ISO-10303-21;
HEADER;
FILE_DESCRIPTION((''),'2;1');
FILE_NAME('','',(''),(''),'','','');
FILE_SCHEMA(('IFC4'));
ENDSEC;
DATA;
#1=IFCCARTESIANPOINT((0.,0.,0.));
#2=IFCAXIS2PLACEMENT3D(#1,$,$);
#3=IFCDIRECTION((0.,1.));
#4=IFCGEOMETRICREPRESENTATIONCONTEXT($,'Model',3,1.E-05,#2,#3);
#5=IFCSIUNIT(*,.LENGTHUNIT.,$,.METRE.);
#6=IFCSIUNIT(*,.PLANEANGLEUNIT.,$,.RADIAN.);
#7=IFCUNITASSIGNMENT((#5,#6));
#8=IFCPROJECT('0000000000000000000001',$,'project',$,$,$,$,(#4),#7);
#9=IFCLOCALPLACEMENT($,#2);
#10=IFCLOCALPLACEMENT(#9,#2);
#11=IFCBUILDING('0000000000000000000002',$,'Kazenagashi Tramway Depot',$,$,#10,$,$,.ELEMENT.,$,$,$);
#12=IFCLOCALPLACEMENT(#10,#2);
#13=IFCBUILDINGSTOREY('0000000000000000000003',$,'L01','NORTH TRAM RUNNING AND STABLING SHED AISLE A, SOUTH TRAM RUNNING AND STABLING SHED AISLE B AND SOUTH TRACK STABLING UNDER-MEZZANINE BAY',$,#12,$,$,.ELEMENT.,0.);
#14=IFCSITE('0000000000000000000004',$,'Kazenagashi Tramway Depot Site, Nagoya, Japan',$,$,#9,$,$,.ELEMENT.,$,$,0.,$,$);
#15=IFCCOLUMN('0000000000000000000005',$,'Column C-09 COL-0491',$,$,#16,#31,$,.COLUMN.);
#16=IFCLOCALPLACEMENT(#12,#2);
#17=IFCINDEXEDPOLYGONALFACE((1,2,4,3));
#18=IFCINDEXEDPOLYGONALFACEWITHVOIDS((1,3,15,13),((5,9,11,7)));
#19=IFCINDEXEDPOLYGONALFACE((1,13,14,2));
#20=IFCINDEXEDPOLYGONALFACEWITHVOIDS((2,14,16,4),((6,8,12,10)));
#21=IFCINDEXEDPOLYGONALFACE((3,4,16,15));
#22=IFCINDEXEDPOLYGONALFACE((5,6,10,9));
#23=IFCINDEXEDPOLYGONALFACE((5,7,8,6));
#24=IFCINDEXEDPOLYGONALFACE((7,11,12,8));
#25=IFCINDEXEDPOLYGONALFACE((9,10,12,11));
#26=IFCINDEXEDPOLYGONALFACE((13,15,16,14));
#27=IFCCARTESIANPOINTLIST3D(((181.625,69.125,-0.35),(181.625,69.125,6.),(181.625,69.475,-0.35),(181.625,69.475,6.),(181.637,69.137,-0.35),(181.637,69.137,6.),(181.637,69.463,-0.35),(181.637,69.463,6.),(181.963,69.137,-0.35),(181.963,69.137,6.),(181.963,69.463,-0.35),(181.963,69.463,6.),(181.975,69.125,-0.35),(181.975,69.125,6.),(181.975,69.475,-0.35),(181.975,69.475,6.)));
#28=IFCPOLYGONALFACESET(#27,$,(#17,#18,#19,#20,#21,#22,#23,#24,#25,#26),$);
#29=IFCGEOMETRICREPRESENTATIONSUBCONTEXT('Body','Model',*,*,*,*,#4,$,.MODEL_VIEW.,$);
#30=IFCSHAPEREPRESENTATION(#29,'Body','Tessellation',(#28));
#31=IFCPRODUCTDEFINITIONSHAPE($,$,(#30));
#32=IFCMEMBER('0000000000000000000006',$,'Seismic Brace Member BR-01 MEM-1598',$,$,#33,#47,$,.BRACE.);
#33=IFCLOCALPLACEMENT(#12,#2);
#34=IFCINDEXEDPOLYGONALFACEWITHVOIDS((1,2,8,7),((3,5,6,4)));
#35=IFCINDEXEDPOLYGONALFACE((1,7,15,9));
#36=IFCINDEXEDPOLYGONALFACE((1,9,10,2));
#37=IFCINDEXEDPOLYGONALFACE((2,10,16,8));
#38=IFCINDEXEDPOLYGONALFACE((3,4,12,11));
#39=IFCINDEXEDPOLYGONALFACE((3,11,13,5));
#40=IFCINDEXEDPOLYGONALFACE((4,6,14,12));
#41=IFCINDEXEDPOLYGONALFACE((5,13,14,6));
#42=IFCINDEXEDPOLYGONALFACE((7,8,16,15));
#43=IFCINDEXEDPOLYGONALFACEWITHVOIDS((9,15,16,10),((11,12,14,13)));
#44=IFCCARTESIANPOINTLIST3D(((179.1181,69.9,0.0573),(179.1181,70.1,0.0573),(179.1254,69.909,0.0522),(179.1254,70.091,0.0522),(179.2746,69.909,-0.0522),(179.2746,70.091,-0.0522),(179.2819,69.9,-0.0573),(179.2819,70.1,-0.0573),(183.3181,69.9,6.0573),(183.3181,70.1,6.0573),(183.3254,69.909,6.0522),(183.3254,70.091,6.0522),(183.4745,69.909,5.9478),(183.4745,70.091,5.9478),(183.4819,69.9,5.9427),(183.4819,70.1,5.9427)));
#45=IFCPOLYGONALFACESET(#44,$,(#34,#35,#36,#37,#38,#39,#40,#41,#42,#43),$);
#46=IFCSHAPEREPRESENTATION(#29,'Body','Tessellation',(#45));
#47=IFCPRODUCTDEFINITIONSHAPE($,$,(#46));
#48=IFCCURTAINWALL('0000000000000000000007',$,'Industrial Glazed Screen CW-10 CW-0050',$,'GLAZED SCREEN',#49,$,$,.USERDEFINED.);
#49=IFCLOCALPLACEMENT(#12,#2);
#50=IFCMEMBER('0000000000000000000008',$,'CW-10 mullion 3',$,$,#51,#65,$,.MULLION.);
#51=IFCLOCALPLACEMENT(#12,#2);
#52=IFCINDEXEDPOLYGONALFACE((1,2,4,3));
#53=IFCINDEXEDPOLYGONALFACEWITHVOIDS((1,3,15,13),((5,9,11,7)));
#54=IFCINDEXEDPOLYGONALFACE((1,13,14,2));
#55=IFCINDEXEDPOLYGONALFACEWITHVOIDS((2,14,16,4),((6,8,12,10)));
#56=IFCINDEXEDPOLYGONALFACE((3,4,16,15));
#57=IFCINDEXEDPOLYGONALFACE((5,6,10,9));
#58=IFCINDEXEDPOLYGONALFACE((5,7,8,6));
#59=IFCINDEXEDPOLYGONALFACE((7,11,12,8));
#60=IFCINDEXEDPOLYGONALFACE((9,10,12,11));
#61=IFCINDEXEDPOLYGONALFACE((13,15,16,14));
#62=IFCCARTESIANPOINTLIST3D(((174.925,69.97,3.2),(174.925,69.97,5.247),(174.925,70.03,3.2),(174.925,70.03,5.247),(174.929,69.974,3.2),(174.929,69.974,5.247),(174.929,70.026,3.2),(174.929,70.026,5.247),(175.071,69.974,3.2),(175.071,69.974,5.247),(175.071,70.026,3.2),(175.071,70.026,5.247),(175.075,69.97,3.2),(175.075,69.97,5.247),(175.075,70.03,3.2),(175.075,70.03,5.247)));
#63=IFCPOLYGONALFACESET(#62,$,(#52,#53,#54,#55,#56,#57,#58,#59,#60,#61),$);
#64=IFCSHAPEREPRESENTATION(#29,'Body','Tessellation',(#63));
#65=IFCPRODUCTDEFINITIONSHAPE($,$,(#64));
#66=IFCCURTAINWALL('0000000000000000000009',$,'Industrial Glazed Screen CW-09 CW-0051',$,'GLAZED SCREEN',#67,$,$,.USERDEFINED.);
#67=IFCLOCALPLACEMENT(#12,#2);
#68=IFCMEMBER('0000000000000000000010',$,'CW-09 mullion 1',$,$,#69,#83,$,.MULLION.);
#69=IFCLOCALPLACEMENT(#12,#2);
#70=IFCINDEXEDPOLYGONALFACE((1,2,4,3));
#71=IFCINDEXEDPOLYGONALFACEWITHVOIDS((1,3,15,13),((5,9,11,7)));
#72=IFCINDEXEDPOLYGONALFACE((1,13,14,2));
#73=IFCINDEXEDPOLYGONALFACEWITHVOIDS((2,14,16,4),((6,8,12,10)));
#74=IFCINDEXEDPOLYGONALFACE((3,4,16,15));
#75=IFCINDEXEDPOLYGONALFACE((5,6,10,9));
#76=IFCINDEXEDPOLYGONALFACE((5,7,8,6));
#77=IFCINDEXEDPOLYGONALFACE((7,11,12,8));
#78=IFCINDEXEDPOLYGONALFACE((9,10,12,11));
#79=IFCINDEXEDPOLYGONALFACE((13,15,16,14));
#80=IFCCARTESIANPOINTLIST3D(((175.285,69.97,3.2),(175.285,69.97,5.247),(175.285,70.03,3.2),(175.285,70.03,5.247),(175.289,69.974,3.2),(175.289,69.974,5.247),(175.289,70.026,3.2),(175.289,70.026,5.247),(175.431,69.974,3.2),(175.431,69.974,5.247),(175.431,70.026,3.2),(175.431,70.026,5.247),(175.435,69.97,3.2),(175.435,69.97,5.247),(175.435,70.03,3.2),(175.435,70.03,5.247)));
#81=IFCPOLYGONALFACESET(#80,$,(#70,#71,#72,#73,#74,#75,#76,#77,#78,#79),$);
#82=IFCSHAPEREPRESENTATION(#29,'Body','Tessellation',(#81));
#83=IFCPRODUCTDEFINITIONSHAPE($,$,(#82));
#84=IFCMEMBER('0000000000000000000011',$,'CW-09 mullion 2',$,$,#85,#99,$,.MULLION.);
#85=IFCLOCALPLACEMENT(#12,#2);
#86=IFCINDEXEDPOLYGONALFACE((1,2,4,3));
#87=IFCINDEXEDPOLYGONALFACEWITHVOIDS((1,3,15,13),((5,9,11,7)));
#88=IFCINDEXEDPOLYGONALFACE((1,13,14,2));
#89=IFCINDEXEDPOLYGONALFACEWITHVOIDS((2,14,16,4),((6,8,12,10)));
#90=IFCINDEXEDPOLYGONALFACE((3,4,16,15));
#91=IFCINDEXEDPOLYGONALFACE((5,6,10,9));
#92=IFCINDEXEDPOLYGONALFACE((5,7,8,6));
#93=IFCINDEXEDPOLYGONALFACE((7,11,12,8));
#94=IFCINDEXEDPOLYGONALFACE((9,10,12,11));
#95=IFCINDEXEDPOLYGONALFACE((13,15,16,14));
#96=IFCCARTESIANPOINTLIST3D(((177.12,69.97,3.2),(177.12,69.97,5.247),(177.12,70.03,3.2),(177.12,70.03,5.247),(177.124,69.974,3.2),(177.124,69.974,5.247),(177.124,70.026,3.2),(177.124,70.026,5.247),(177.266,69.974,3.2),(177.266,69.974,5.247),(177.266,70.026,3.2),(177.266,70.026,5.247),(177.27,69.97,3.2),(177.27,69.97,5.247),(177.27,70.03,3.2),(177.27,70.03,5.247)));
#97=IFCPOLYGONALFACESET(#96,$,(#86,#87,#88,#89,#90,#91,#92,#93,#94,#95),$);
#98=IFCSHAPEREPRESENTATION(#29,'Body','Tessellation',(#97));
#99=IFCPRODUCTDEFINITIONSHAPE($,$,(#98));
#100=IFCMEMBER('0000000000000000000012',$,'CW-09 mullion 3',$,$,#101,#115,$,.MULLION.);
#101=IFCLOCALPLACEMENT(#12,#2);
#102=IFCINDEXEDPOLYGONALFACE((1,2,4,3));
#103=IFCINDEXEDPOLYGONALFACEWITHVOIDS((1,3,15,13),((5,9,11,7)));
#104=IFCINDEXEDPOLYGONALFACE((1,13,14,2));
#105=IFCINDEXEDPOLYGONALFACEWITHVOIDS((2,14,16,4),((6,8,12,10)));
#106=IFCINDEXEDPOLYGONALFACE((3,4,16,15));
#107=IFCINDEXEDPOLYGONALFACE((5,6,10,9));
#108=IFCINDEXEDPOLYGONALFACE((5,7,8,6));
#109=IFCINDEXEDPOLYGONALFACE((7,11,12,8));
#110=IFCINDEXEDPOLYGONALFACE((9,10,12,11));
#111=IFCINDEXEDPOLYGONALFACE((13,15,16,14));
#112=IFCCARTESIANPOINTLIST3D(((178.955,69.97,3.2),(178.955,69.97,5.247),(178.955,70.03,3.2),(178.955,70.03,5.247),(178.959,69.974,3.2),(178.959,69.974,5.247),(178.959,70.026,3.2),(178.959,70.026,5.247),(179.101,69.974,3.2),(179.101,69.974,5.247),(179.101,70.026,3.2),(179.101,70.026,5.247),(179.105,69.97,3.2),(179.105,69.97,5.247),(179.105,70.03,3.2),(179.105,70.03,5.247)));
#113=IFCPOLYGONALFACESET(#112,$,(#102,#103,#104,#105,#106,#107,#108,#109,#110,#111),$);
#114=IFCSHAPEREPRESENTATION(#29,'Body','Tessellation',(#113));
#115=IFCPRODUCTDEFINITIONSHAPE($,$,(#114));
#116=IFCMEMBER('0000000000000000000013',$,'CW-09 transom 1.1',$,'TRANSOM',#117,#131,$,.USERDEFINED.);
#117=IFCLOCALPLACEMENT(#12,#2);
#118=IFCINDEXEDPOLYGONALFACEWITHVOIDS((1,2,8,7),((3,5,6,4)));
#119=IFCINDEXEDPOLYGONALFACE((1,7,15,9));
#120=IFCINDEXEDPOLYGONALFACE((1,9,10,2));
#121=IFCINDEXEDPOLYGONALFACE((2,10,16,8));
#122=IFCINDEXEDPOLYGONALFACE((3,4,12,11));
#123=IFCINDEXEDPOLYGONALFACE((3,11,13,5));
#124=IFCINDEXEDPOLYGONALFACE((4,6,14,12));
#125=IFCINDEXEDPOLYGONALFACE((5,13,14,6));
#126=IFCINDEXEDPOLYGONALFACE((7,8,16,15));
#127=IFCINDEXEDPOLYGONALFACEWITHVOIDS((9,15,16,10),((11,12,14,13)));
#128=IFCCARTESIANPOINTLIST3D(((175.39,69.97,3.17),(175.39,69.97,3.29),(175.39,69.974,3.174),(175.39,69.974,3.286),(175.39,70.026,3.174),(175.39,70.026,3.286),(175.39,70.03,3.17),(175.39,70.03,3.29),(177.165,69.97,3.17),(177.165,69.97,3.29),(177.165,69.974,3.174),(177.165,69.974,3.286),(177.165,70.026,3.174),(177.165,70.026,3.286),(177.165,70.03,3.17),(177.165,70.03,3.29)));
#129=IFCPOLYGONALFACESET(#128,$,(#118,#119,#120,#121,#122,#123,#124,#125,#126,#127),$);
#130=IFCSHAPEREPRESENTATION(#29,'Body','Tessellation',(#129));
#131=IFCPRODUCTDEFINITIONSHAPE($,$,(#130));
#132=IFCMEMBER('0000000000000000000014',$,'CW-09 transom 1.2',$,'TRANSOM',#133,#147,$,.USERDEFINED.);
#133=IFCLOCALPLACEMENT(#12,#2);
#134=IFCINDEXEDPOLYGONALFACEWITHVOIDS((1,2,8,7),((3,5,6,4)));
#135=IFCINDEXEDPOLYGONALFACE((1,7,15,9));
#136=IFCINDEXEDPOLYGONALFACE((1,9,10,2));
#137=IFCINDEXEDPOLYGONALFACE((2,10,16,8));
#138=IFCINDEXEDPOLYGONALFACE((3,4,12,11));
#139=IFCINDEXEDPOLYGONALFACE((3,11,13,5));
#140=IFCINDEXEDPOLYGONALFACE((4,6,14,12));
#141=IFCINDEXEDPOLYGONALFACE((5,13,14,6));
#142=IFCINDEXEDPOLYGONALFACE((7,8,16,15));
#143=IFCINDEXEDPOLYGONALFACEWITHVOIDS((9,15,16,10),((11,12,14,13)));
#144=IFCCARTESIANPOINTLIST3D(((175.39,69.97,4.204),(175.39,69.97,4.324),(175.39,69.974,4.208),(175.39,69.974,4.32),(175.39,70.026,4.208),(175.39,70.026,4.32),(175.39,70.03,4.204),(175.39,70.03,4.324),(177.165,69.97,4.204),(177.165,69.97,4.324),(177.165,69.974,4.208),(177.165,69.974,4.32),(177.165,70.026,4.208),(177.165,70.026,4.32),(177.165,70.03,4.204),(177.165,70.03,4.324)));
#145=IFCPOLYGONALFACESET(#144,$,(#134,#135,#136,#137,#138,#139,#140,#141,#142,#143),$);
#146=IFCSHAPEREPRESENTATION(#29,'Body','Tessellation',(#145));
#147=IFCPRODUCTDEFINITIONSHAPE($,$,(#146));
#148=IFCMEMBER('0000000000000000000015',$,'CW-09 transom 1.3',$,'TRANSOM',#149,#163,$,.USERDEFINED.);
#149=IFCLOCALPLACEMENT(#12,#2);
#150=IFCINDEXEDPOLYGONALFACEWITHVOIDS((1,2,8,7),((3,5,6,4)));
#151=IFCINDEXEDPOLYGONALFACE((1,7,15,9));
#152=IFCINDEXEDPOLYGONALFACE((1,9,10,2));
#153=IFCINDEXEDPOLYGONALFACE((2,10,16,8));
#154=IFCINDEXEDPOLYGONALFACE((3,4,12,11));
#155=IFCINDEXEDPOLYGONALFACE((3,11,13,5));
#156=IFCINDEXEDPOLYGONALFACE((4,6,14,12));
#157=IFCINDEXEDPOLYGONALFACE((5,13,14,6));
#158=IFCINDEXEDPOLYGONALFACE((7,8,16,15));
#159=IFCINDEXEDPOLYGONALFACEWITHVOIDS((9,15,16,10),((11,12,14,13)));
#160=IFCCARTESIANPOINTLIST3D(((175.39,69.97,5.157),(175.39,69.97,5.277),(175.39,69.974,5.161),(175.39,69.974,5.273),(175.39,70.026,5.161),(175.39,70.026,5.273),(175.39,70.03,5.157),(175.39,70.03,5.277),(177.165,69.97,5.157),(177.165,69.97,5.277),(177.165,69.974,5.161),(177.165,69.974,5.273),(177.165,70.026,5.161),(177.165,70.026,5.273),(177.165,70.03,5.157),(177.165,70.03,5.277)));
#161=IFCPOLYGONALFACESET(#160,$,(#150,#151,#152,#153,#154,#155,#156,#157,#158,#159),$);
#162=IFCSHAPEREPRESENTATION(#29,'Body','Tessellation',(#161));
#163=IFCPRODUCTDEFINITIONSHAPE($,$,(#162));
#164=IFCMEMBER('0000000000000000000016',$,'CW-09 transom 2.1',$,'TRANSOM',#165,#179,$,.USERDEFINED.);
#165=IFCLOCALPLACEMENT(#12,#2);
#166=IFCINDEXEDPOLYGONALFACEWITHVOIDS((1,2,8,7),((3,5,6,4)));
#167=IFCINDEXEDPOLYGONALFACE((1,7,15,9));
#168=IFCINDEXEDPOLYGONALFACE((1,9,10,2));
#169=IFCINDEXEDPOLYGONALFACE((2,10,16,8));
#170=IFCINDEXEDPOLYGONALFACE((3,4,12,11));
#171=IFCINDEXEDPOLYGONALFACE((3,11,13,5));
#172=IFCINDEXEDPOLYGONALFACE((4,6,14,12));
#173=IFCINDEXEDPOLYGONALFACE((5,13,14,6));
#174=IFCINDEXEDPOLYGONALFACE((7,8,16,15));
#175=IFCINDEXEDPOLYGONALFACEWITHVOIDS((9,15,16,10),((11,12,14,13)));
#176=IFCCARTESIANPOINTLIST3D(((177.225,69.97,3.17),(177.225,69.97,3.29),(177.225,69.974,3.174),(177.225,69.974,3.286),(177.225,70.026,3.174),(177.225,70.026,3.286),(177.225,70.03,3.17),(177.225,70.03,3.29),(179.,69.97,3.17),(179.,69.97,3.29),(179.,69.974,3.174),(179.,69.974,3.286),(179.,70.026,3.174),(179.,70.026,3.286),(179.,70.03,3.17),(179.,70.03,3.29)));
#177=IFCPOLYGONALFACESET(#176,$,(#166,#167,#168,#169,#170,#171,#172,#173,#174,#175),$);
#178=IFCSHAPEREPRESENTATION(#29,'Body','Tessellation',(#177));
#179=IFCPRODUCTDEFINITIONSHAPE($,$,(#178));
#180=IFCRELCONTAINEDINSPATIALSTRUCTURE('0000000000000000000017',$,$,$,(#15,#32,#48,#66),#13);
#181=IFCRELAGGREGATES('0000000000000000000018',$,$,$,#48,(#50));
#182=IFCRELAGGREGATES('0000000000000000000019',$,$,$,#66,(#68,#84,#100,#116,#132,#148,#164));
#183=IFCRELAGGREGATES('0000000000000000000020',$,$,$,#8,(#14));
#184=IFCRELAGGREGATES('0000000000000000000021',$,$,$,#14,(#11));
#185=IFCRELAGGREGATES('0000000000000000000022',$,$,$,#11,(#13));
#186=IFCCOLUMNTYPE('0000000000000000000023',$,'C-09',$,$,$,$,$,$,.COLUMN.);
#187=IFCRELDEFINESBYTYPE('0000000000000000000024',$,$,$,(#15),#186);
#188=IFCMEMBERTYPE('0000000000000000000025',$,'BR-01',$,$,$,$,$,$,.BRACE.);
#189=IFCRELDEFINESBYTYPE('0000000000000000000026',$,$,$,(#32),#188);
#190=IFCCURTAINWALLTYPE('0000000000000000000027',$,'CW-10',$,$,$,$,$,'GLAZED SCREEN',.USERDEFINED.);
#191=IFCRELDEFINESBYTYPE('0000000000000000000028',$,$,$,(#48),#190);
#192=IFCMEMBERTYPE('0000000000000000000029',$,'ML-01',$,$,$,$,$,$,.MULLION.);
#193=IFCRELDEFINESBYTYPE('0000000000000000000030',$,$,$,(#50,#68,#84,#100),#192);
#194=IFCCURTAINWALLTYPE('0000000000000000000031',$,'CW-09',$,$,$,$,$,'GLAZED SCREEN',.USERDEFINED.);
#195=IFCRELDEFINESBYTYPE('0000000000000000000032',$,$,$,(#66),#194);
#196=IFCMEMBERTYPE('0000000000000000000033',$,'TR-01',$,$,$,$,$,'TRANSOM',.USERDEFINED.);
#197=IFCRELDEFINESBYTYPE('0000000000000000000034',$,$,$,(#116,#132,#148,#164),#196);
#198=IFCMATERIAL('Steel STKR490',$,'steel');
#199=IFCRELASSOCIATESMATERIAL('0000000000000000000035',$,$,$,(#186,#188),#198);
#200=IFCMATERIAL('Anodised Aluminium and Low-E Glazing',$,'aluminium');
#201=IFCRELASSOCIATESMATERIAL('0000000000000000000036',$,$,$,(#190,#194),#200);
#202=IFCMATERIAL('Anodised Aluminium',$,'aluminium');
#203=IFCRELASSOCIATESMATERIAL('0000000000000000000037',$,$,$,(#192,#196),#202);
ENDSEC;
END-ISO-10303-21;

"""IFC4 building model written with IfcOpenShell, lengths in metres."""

from ifc_helpers import new_model, si_unit, direction, frame, origin, origin_2d, place, context, subcontext, project, spatial, hollow_rectangle, extrude, material, material_profile, profile_set, type_object, element, aggregate, save


model = new_model("IFC4")

# Units and contexts
model_context = context("Model", 3, precision=1e-05, world=origin(), true_north=direction((0.0, 1.0)))
body_context = subcontext(model_context, "Body", "Model", "MODEL_VIEW")
ifc_project = project(units=[si_unit("LENGTHUNIT", "METRE"), si_unit("PLANEANGLEUNIT", "RADIAN")], contexts=[model_context])

# Site, building, storey
site_placement = place(None, origin())
site = spatial("IfcSite", under=ifc_project, at=site_placement, Name="Kazenagashi Tramway Depot Site, Nagoya, Japan", CompositionType="ELEMENT", RefElevation=0.0)
building_placement = place(site_placement, origin())
building = spatial("IfcBuilding", under=site, at=building_placement, Name="Kazenagashi Tramway Depot", CompositionType="ELEMENT")
storey_placement = place(building_placement, origin())
storey = spatial("IfcBuildingStorey", under=building, at=storey_placement, Name="L01", Description="NORTH TRAM RUNNING AND STABLING SHED AISLE A, SOUTH TRAM RUNNING AND STABLING SHED AISLE B AND SOUTH TRACK STABLING UNDER-MEZZANINE BAY", CompositionType="ELEMENT", Elevation=0.0)

# Column
ifc_material_1 = material(Name="Steel STKR490", Category="steel")
ifc_material_profile_1 = material_profile(ifc_material_1, hollow_rectangle(XDim=0.35, YDim=0.35, WallThickness=0.012, at=origin_2d()), Name="SHS-350x350x12")
ifc_profile_set_1 = profile_set([ifc_material_profile_1], Name="Steel STKR490")
column_type_1 = type_object("IfcColumnType", Name="C-09", PredefinedType="COLUMN", material=ifc_profile_set_1)
column_1_placement = place(storey_placement, frame((181.8, 69.3, -0.35), z_axis=(0.0, 0.0, 1.0), x_axis=(1.0, 0.0, 0.0)))
element("IfcColumn", 1, at=column_1_placement, inside=storey, type_object=column_type_1, Name="Column C-09 COL-0491", PredefinedType="COLUMN", context=body_context, shape_type="SweptSolid", body=[
    extrude(hollow_rectangle(XDim=0.35, YDim=0.35, WallThickness=0.012, at=origin_2d()), origin(), (0.0, 0.0, 1.0), 6.35),
])

# Member
ifc_material_profile_2 = material_profile(ifc_material_1, hollow_rectangle(XDim=0.2, YDim=0.2, WallThickness=0.009, at=origin_2d()), Name="SHS-200x200x9")
ifc_profile_set_2 = profile_set([ifc_material_profile_2], Name="Steel STKR490")
member_type_1 = type_object("IfcMemberType", Name="BR-01", PredefinedType="BRACE", material=ifc_profile_set_2)
member_1_placement = place(storey_placement, frame((179.2, 70.0, 0.0), z_axis=(0.573462, 0.0, 0.819232), x_axis=(0.0, 1.0, 0.0)))
element("IfcMember", 2, at=member_1_placement, inside=storey, type_object=member_type_1, Name="Seismic Brace Member BR-01 MEM-1598", PredefinedType="BRACE", context=body_context, shape_type="SweptSolid", body=[
    extrude(hollow_rectangle(XDim=0.2, YDim=0.2, WallThickness=0.009, at=origin_2d()), origin(), (0.0, 0.0, 1.0), 7.3239),
])

# Curtain wall, member
ifc_material_2 = material(Name="Anodised Aluminium and Low-E Glazing", Category="aluminium")
curtain_wall_type_1 = type_object("IfcCurtainWallType", Name="CW-10", ElementType="GLAZED SCREEN", PredefinedType="USERDEFINED", material=ifc_material_2)
curtain_wall_1_placement = place(storey_placement, origin())
curtain_wall_1 = element("IfcCurtainWall", 3, at=curtain_wall_1_placement, inside=storey, type_object=curtain_wall_type_1, Name="Industrial Glazed Screen CW-10 CW-0050", ObjectType="GLAZED SCREEN", PredefinedType="USERDEFINED")
ifc_material_3 = material(Name="Anodised Aluminium", Category="aluminium")
ifc_material_profile_3 = material_profile(ifc_material_3, hollow_rectangle(XDim=0.06, YDim=0.15, WallThickness=0.004, at=origin_2d()), Name="RHS-150x60x4")
ifc_profile_set_3 = profile_set([ifc_material_profile_3], Name="Anodised Aluminium")
member_type_2 = type_object("IfcMemberType", Name="ML-01", PredefinedType="MULLION", material=ifc_profile_set_3)
member_2_placement = place(storey_placement, frame((175.0, 70.0, 3.2), z_axis=(0.0, 0.0, 1.0), x_axis=(0.0, 1.0, 0.0)))
member_2 = element("IfcMember", 4, at=member_2_placement, type_object=member_type_2, Name="CW-10 mullion 3", PredefinedType="MULLION", context=body_context, shape_type="SweptSolid", body=[
    extrude(hollow_rectangle(XDim=0.06, YDim=0.15, WallThickness=0.004, at=origin_2d()), origin(), (0.0, 0.0, 1.0), 2.047),
])
aggregate(curtain_wall_1, [member_2])

# Curtain wall, members
curtain_wall_type_2 = type_object("IfcCurtainWallType", Name="CW-09", ElementType="GLAZED SCREEN", PredefinedType="USERDEFINED", material=ifc_material_2)
curtain_wall_2_placement = place(storey_placement, origin())
curtain_wall_2 = element("IfcCurtainWall", 5, at=curtain_wall_2_placement, inside=storey, type_object=curtain_wall_type_2, Name="Industrial Glazed Screen CW-09 CW-0051", ObjectType="GLAZED SCREEN", PredefinedType="USERDEFINED")
member_3_placement = place(storey_placement, frame((175.36, 70.0, 3.2), z_axis=(0.0, 0.0, 1.0), x_axis=(0.0, 1.0, 0.0)))
member_3 = element("IfcMember", 6, at=member_3_placement, type_object=member_type_2, Name="CW-09 mullion 1", PredefinedType="MULLION", context=body_context, shape_type="SweptSolid", body=[
    extrude(hollow_rectangle(XDim=0.06, YDim=0.15, WallThickness=0.004, at=origin_2d()), origin(), (0.0, 0.0, 1.0), 2.047),
])
member_4_placement = place(storey_placement, frame((177.195, 70.0, 3.2), z_axis=(0.0, 0.0, 1.0), x_axis=(0.0, 1.0, 0.0)))
member_4 = element("IfcMember", 7, at=member_4_placement, type_object=member_type_2, Name="CW-09 mullion 2", PredefinedType="MULLION", context=body_context, shape_type="SweptSolid", body=[
    extrude(hollow_rectangle(XDim=0.06, YDim=0.15, WallThickness=0.004, at=origin_2d()), origin(), (0.0, 0.0, 1.0), 2.047),
])
member_5_placement = place(storey_placement, frame((179.03, 70.0, 3.2), z_axis=(0.0, 0.0, 1.0), x_axis=(0.0, 1.0, 0.0)))
member_5 = element("IfcMember", 8, at=member_5_placement, type_object=member_type_2, Name="CW-09 mullion 3", PredefinedType="MULLION", context=body_context, shape_type="SweptSolid", body=[
    extrude(hollow_rectangle(XDim=0.06, YDim=0.15, WallThickness=0.004, at=origin_2d()), origin(), (0.0, 0.0, 1.0), 2.047),
])
ifc_material_profile_4 = material_profile(ifc_material_3, hollow_rectangle(XDim=0.06, YDim=0.12, WallThickness=0.004, at=origin_2d()), Name="RHS-120x60x4")
ifc_profile_set_4 = profile_set([ifc_material_profile_4], Name="Anodised Aluminium")
member_type_3 = type_object("IfcMemberType", Name="TR-01", ElementType="TRANSOM", PredefinedType="USERDEFINED", material=ifc_profile_set_4)
member_6_placement = place(storey_placement, frame((175.39, 70.0, 3.23), z_axis=(1.0, 0.0, 0.0), x_axis=(0.0, 1.0, 0.0)))
member_6 = element("IfcMember", 9, at=member_6_placement, type_object=member_type_3, Name="CW-09 transom 1.1", ObjectType="TRANSOM", PredefinedType="USERDEFINED", context=body_context, shape_type="SweptSolid", body=[
    extrude(hollow_rectangle(XDim=0.06, YDim=0.12, WallThickness=0.004, at=origin_2d()), origin(), (0.0, 0.0, 1.0), 1.775),
])
member_7_placement = place(storey_placement, frame((175.39, 70.0, 4.264), z_axis=(1.0, 0.0, 0.0), x_axis=(0.0, 1.0, 0.0)))
member_7 = element("IfcMember", 10, at=member_7_placement, type_object=member_type_3, Name="CW-09 transom 1.2", ObjectType="TRANSOM", PredefinedType="USERDEFINED", context=body_context, shape_type="SweptSolid", body=[
    extrude(hollow_rectangle(XDim=0.06, YDim=0.12, WallThickness=0.004, at=origin_2d()), origin(), (0.0, 0.0, 1.0), 1.775),
])
member_8_placement = place(storey_placement, frame((175.39, 70.0, 5.217), z_axis=(1.0, 0.0, 0.0), x_axis=(0.0, 1.0, 0.0)))
member_8 = element("IfcMember", 11, at=member_8_placement, type_object=member_type_3, Name="CW-09 transom 1.3", ObjectType="TRANSOM", PredefinedType="USERDEFINED", context=body_context, shape_type="SweptSolid", body=[
    extrude(hollow_rectangle(XDim=0.06, YDim=0.12, WallThickness=0.004, at=origin_2d()), origin(), (0.0, 0.0, 1.0), 1.775),
])
member_9_placement = place(storey_placement, frame((177.225, 70.0, 3.23), z_axis=(1.0, 0.0, 0.0), x_axis=(0.0, 1.0, 0.0)))
member_9 = element("IfcMember", 12, at=member_9_placement, type_object=member_type_3, Name="CW-09 transom 2.1", ObjectType="TRANSOM", PredefinedType="USERDEFINED", context=body_context, shape_type="SweptSolid", body=[
    extrude(hollow_rectangle(XDim=0.06, YDim=0.12, WallThickness=0.004, at=origin_2d()), origin(), (0.0, 0.0, 1.0), 1.775),
])
aggregate(curtain_wall_2, [member_3, member_4, member_5, member_6, member_7, member_8, member_9])

save(model, "model.ifc")
